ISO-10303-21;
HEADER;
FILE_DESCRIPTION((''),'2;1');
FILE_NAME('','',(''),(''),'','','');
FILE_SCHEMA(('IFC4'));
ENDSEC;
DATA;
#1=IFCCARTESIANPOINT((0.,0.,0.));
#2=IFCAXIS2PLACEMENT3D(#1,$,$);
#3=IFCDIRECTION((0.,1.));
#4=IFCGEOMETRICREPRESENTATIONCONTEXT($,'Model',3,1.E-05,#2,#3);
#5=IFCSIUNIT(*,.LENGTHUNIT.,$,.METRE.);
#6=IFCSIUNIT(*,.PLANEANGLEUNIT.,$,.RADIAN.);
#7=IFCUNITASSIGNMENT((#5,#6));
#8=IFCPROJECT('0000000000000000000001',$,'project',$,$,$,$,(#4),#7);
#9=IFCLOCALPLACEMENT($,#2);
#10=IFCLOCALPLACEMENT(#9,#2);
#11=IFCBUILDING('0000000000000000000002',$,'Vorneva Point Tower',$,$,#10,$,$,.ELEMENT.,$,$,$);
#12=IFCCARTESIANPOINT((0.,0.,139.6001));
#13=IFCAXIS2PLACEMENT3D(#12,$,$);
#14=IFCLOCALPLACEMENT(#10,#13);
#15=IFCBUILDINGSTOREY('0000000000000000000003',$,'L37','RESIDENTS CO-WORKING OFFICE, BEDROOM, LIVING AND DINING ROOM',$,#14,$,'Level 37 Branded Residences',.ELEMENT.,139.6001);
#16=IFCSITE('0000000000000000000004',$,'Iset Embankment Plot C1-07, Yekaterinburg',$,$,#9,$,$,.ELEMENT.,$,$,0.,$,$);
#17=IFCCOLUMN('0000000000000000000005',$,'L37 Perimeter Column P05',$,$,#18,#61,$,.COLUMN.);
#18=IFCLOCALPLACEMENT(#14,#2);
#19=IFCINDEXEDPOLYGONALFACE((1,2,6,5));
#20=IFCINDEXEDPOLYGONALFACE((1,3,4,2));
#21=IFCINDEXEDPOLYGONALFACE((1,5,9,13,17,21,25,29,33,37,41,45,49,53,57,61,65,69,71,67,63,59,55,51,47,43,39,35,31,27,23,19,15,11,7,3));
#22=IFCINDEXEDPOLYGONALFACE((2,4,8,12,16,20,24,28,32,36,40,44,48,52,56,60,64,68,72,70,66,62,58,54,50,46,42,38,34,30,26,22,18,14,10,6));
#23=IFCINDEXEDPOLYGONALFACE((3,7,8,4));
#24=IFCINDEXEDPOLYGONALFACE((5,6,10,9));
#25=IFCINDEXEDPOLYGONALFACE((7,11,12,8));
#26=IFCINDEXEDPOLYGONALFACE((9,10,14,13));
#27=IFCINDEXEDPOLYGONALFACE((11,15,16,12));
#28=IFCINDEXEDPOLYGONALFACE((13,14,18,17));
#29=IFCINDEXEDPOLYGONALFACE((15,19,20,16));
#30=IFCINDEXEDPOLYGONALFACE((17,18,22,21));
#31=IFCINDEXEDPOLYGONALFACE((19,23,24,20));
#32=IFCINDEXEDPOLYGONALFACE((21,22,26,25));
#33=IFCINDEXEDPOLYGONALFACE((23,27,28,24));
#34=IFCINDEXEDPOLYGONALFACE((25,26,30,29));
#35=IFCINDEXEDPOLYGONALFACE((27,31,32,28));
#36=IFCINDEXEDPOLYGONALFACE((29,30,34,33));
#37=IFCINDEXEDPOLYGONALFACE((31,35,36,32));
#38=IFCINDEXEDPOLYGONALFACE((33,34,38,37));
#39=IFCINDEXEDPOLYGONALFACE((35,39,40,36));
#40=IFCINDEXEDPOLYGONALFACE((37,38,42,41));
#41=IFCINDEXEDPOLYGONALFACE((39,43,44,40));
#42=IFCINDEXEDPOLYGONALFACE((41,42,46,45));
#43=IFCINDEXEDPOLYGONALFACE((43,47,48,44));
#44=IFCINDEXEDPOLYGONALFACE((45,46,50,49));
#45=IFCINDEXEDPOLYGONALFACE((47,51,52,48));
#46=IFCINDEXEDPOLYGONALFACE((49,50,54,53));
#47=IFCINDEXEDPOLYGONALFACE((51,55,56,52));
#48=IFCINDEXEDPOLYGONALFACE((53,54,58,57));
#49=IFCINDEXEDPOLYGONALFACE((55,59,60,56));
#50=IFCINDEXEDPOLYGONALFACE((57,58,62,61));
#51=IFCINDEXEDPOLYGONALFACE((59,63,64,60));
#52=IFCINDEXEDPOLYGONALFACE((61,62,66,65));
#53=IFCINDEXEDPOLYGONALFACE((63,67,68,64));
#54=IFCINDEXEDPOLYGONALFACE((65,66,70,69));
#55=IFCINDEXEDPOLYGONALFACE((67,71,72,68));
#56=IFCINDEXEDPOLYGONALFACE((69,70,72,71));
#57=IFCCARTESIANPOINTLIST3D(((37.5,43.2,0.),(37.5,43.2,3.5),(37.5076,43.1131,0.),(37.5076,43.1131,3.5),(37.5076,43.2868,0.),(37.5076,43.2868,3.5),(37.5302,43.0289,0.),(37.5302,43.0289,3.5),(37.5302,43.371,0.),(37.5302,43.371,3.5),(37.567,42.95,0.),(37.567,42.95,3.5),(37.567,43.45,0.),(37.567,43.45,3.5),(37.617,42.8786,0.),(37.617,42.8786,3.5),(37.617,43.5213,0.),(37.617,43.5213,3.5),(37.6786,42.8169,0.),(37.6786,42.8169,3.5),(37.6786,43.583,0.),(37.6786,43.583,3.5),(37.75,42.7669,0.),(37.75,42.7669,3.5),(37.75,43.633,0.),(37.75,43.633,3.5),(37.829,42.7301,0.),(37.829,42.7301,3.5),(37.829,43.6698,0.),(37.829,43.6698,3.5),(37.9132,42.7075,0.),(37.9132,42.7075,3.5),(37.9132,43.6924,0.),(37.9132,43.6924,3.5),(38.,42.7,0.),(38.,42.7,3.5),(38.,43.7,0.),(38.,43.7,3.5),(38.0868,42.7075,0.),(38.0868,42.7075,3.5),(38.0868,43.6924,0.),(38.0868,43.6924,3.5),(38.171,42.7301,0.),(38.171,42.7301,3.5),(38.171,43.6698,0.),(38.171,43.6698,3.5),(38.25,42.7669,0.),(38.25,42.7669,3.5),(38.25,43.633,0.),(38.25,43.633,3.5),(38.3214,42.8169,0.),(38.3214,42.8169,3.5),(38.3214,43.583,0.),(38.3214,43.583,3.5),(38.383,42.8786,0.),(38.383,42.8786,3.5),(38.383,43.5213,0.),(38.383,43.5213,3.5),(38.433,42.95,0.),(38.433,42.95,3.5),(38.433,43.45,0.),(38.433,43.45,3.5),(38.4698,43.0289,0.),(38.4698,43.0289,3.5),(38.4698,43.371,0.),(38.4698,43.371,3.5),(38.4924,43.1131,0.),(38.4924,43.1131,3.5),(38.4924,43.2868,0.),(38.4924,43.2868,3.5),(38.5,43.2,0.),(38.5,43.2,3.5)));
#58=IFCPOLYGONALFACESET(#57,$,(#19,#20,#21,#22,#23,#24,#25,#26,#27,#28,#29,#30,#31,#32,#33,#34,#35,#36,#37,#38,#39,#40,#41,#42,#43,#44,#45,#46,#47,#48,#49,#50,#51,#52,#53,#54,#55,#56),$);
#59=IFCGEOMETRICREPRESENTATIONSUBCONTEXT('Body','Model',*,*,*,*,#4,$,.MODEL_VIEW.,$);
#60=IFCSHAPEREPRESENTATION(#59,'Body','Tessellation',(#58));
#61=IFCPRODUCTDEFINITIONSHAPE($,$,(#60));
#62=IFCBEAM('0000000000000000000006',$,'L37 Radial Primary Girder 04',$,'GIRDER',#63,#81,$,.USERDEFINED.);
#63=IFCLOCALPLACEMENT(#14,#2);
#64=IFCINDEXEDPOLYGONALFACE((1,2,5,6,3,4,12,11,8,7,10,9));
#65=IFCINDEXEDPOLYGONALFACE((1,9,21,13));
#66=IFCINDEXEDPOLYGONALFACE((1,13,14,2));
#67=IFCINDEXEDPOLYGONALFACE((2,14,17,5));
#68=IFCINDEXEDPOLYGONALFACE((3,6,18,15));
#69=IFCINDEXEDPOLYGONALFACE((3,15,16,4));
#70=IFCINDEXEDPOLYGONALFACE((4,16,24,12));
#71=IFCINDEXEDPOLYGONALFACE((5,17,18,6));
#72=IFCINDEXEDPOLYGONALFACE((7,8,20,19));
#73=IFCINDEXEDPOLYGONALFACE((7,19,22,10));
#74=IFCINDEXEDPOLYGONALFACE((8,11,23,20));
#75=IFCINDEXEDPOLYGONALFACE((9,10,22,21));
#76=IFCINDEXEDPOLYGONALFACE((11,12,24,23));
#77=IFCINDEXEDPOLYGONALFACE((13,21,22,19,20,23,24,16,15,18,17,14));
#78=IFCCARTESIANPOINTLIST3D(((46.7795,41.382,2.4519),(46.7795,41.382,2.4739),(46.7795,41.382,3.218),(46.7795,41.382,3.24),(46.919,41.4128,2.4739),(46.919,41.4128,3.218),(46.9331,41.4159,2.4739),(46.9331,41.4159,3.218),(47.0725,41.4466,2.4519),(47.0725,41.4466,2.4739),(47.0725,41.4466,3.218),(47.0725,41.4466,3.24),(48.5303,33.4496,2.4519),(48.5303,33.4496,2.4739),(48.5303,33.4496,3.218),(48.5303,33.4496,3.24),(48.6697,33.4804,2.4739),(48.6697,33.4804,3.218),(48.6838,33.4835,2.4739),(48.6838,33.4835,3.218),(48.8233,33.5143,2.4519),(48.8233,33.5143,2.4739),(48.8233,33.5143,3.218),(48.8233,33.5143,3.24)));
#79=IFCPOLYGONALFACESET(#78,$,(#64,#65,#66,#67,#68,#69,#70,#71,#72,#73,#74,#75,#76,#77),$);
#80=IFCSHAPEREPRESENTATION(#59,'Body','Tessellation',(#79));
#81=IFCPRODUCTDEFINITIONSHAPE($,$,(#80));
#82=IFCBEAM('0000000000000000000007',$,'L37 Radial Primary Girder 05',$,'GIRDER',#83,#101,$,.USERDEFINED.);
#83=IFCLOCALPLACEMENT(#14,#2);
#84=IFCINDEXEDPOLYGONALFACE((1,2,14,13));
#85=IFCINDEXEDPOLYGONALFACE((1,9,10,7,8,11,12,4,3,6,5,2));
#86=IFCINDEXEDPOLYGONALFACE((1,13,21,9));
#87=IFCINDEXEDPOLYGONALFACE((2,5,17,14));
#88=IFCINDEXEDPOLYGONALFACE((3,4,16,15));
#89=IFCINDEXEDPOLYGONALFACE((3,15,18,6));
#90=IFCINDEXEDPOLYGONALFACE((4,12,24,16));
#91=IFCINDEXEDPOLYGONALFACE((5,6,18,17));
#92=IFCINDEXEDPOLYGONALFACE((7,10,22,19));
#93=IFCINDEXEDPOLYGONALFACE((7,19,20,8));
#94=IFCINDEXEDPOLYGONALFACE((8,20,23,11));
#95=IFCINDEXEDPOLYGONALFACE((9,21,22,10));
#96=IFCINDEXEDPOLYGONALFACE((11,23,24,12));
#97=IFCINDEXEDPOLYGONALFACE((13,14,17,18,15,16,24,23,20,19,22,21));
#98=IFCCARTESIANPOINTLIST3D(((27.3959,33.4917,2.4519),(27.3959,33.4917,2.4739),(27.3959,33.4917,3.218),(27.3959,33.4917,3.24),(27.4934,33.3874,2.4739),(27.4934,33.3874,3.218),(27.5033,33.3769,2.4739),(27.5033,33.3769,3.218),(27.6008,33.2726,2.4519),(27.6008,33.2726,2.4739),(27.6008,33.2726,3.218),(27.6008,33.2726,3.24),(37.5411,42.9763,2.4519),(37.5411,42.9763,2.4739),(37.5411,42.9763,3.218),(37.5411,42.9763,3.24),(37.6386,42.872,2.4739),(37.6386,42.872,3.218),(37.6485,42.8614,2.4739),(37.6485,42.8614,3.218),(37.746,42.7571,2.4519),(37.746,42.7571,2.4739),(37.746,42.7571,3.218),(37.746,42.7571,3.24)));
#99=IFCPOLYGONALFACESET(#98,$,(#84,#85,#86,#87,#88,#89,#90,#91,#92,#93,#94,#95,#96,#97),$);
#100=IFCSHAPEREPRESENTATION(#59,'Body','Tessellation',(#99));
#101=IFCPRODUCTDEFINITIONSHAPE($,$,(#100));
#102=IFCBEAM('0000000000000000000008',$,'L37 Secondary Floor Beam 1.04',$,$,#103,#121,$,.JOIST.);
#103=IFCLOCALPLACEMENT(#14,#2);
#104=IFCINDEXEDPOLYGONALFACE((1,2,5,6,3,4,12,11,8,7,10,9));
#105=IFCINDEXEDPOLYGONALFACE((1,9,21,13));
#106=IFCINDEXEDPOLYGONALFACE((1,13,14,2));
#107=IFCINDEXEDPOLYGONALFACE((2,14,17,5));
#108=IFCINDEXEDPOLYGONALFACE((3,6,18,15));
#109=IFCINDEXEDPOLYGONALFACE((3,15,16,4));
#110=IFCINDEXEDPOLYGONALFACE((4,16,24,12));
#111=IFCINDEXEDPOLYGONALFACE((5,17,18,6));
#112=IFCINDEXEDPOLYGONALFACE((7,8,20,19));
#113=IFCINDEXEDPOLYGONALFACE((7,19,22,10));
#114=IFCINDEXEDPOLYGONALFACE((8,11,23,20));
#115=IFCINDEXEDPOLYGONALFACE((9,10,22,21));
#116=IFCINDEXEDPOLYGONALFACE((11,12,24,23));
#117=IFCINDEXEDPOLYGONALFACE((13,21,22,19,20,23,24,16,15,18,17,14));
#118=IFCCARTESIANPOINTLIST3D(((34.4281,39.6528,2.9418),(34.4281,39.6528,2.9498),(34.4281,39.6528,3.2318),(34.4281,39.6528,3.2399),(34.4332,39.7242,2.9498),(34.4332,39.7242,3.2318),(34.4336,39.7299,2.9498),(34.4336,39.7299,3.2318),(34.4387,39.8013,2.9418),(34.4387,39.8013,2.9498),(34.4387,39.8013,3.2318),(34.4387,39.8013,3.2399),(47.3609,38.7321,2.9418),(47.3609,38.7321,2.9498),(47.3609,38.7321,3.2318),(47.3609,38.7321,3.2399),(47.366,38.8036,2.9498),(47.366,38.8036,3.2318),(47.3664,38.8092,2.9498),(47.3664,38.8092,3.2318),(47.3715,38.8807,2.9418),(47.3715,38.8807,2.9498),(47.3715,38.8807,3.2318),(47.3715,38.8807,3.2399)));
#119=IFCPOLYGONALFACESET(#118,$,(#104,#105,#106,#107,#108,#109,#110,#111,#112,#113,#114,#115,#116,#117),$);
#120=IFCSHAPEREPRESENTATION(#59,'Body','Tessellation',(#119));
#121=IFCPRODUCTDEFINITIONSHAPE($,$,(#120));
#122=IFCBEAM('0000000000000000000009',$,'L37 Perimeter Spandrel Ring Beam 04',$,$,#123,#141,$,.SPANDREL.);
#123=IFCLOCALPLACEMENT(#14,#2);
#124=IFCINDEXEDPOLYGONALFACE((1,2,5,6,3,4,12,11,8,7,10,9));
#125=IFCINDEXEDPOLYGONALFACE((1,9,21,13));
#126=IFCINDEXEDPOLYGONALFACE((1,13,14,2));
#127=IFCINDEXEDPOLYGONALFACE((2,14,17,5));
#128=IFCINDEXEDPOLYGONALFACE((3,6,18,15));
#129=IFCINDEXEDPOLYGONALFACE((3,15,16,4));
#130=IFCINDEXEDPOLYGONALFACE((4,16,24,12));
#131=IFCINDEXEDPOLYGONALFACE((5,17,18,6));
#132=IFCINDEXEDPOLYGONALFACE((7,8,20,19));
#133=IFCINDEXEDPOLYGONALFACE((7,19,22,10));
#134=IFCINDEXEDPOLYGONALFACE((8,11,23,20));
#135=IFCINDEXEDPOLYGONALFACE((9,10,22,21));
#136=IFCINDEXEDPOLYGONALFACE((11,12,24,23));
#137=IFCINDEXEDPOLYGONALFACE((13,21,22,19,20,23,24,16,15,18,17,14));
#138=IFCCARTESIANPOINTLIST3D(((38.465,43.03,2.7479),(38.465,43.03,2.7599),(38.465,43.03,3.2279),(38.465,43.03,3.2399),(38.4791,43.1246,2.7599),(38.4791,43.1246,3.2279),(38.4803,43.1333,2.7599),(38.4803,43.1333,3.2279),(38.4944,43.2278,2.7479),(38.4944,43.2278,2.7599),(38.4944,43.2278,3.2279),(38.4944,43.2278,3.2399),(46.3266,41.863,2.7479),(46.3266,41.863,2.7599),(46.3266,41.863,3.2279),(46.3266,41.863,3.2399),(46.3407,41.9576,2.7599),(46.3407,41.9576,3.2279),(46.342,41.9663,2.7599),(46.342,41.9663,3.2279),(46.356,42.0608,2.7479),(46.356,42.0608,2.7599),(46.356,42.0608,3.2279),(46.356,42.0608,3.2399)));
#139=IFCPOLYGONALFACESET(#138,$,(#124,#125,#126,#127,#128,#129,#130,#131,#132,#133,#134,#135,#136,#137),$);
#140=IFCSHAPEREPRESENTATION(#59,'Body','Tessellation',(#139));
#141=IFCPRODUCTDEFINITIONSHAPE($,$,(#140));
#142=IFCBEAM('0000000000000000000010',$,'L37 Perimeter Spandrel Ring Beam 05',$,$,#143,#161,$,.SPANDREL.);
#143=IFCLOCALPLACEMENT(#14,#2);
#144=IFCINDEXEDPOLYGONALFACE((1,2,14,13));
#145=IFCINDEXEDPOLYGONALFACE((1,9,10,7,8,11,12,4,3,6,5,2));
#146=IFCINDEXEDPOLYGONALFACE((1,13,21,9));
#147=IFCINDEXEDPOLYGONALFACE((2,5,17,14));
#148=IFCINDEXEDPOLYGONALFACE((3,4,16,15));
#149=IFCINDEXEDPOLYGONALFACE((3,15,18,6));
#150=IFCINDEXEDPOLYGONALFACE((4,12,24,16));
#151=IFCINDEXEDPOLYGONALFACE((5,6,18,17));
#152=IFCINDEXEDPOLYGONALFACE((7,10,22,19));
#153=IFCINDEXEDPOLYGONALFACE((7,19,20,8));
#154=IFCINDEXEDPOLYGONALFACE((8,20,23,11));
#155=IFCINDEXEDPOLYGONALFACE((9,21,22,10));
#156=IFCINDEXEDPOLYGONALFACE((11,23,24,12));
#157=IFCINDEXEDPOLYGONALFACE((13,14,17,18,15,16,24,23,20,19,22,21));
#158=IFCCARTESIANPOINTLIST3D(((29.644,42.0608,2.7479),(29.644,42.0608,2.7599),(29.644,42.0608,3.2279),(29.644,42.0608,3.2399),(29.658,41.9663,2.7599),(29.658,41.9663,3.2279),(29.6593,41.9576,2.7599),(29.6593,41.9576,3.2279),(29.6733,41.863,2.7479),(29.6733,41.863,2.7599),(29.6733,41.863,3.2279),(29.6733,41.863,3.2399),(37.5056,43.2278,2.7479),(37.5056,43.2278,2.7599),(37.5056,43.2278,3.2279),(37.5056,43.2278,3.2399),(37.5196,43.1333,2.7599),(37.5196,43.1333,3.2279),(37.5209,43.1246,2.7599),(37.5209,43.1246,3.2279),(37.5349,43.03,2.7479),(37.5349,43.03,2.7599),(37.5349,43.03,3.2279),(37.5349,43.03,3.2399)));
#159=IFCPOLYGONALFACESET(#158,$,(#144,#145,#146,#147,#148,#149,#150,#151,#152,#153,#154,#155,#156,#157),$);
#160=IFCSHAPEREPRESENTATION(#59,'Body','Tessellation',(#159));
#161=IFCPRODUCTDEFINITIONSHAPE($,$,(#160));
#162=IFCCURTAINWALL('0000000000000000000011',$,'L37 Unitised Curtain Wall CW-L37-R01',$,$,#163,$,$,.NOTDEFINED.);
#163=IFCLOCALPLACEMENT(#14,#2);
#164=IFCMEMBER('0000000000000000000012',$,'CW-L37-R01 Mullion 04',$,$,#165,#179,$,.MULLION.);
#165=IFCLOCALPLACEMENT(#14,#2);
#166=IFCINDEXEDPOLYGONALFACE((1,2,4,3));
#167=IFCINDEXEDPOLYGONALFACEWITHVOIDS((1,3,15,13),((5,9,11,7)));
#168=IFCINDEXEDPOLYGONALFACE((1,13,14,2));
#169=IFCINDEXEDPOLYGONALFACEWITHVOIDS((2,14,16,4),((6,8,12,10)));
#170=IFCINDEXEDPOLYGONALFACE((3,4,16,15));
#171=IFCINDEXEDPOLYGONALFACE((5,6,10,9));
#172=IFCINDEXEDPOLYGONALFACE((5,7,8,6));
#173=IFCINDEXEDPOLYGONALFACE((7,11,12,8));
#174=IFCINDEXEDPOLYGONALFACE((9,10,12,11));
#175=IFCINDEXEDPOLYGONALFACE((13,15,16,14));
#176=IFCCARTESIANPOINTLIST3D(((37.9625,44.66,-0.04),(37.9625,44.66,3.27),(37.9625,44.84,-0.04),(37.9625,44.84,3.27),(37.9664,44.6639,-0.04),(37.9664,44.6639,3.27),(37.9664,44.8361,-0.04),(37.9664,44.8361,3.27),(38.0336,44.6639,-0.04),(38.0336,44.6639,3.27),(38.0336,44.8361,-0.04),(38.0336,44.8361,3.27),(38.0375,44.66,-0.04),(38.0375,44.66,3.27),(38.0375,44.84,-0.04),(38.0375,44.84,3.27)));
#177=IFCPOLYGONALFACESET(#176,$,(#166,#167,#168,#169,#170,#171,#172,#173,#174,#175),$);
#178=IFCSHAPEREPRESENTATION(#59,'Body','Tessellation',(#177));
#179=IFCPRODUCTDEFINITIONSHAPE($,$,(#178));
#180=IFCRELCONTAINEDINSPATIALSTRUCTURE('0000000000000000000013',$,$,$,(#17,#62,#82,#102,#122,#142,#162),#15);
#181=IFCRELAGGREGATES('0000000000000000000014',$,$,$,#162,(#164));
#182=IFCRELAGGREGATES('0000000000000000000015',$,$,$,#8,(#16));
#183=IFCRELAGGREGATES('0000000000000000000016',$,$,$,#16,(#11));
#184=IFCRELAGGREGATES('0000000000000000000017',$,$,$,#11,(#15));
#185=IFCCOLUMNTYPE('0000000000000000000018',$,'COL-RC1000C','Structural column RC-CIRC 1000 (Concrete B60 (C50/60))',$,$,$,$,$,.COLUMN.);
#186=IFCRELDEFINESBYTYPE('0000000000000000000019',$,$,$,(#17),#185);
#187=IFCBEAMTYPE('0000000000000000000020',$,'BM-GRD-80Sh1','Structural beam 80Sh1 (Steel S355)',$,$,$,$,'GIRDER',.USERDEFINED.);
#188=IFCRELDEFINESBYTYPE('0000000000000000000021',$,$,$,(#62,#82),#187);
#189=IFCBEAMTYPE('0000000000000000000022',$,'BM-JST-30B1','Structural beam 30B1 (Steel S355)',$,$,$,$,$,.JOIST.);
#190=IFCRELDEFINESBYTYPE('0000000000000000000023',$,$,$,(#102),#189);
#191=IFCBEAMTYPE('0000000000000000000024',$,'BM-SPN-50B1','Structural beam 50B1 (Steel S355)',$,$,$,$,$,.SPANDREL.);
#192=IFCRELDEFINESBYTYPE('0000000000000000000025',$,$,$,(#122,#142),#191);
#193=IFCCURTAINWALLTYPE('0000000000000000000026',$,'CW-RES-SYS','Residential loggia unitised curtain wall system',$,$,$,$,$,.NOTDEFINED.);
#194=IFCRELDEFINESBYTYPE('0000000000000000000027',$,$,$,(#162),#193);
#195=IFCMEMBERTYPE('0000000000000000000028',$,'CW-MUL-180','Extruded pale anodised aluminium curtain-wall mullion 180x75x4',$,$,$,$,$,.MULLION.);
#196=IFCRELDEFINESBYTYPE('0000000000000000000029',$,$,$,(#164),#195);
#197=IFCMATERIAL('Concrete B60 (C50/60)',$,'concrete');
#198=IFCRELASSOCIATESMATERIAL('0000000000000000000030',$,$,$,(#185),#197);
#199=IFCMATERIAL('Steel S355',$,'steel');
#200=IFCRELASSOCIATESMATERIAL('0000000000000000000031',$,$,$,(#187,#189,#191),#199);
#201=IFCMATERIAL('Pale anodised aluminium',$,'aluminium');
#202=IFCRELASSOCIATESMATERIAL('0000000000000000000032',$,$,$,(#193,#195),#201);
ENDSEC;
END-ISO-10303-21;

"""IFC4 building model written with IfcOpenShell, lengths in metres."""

from ifc_helpers import new_model, si_unit, direction, frame, origin, origin_2d, place, context, subcontext, project, spatial, hollow_rectangle, circle, i_section, extrude, material, material_profile, profile_set, type_object, element, aggregate, save


model = new_model("IFC4")

# Units and contexts
model_context = context("Model", 3, precision=1e-05, world=origin(), true_north=direction((0.0, 1.0)))
body_context = subcontext(model_context, "Body", "Model", "MODEL_VIEW")
ifc_project = project(units=[si_unit("LENGTHUNIT", "METRE"), si_unit("PLANEANGLEUNIT", "RADIAN")], contexts=[model_context])

# Site, building, storey
site_placement = place(None, origin())
site = spatial("IfcSite", under=ifc_project, at=site_placement, Name="Iset Embankment Plot C1-07, Yekaterinburg", CompositionType="ELEMENT", RefElevation=0.0)
building_placement = place(site_placement, origin())
building = spatial("IfcBuilding", under=site, at=building_placement, Name="Vorneva Point Tower", CompositionType="ELEMENT")
storey_placement = place(building_placement, frame((0.0, 0.0, 139.6001)))
storey = spatial("IfcBuildingStorey", under=building, at=storey_placement, Name="L37", Description="RESIDENTS CO-WORKING OFFICE, BEDROOM, LIVING AND DINING ROOM", LongName="Level 37 Branded Residences", CompositionType="ELEMENT", Elevation=139.6001)

# Column
ifc_material_1 = material(Name="Concrete B60 (C50/60)", Category="concrete")
ifc_material_profile_1 = material_profile(ifc_material_1, circle(Radius=0.5, at=origin_2d()), Name="RC-CIRC 1000")
ifc_profile_set_1 = profile_set([ifc_material_profile_1], Name="Concrete B60 (C50/60)")
column_type = type_object("IfcColumnType", Name="COL-RC1000C", Description="Structural column RC-CIRC 1000 (Concrete B60 (C50/60))", PredefinedType="COLUMN", material=ifc_profile_set_1)
for number, where, z_axis, x_axis, name in (
    (1, (38.0, 43.2, 0.0), (0.0, 0.0, 1.0), (0.0, 1.0, 0.0), "L37 Perimeter Column P05"),
):
    element("IfcColumn", number, at=place(storey_placement, frame(where, z_axis=z_axis, x_axis=x_axis)), inside=storey, type_object=column_type, Name=name, PredefinedType="COLUMN", context=body_context, shape_type="SweptSolid", body=[
        extrude(circle(Radius=0.5, at=origin_2d()), origin(), (0.0, 0.0, 1.0), 3.5),
    ])

# Beams
ifc_material_2 = material(Name="Steel S355", Category="steel")
ifc_material_profile_2 = material_profile(ifc_material_2, i_section(OverallWidth=0.3, OverallDepth=0.7881, WebThickness=0.0144, FlangeThickness=0.022, at=origin_2d()), Name="80Sh1")
ifc_profile_set_2 = profile_set([ifc_material_profile_2], Name="Steel S355")
beam_type_1 = type_object("IfcBeamType", Name="BM-GRD-80Sh1", Description="Structural beam 80Sh1 (Steel S355)", ElementType="GIRDER", PredefinedType="USERDEFINED", material=ifc_profile_set_2)
beam_1_placement = place(storey_placement, frame((46.926, 41.4143, 2.8459), z_axis=(0.215521, -0.976499, 0.0), x_axis=(0.976499, 0.215521, 0.0)))
element("IfcBeam", 2, at=beam_1_placement, inside=storey, type_object=beam_type_1, Name="L37 Radial Primary Girder 04", ObjectType="GIRDER", PredefinedType="USERDEFINED", context=body_context, shape_type="SweptSolid", body=[
    extrude(i_section(OverallWidth=0.3, OverallDepth=0.7881, WebThickness=0.0144, FlangeThickness=0.022, at=origin_2d()), origin(), (0.0, 0.0, 1.0), 8.1233),
])
beam_2_placement = place(storey_placement, frame((37.6436, 42.8667, 2.8459), z_axis=(-0.730491, -0.682922, 0.0), x_axis=(0.682922, -0.730491, 0.0)))
element("IfcBeam", 3, at=beam_2_placement, inside=storey, type_object=beam_type_1, Name="L37 Radial Primary Girder 05", ObjectType="GIRDER", PredefinedType="USERDEFINED", context=body_context, shape_type="SweptSolid", body=[
    extrude(i_section(OverallWidth=0.3, OverallDepth=0.7881, WebThickness=0.0144, FlangeThickness=0.022, at=origin_2d()), origin(), (0.0, 0.0, 1.0), 13.8882),
])
ifc_material_profile_3 = material_profile(ifc_material_2, i_section(OverallWidth=0.1489, OverallDepth=0.2981, WebThickness=0.0056, FlangeThickness=0.0081, at=origin_2d()), Name="30B1")
ifc_profile_set_3 = profile_set([ifc_material_profile_3], Name="Steel S355")
beam_type_2 = type_object("IfcBeamType", Name="BM-JST-30B1", Description="Structural beam 30B1 (Steel S355)", PredefinedType="JOIST", material=ifc_profile_set_3)
beam_3_placement = place(storey_placement, frame((47.3662, 38.8064, 3.0908), z_axis=(-0.997476, 0.071008, 0.0), x_axis=(-0.071008, -0.997476, 0.0)))
element("IfcBeam", 4, at=beam_3_placement, inside=storey, type_object=beam_type_2, Name="L37 Secondary Floor Beam 1.04", PredefinedType="JOIST", context=body_context, shape_type="SweptSolid", body=[
    extrude(i_section(OverallWidth=0.1489, OverallDepth=0.2981, WebThickness=0.0056, FlangeThickness=0.0081, at=origin_2d()), origin(), (0.0, 0.0, 1.0), 12.9656),
])
ifc_material_profile_4 = material_profile(ifc_material_2, i_section(OverallWidth=0.2, OverallDepth=0.4919, WebThickness=0.0088, FlangeThickness=0.012, at=origin_2d()), Name="50B1")
ifc_profile_set_4 = profile_set([ifc_material_profile_4], Name="Steel S355")
beam_type_3 = type_object("IfcBeamType", Name="BM-SPN-50B1", Description="Structural beam 50B1 (Steel S355)", PredefinedType="SPANDREL", material=ifc_profile_set_4)
for number, where, z_axis, x_axis, name in (
    (5, (46.3413, 41.9619, 2.9939), (-0.989161, 0.146834, 0.0), (-0.146834, -0.989161, 0.0), "L37 Perimeter Spandrel Ring Beam 04"),
    (6, (37.5203, 43.1289, 2.9939), (-0.989161, -0.146834, 0.0), (0.146834, -0.989161, 0.0), "L37 Perimeter Spandrel Ring Beam 05"),
):
    element("IfcBeam", number, at=place(storey_placement, frame(where, z_axis=z_axis, x_axis=x_axis)), inside=storey, type_object=beam_type_3, Name=name, PredefinedType="SPANDREL", context=body_context, shape_type="SweptSolid", body=[
        extrude(i_section(OverallWidth=0.2, OverallDepth=0.4919, WebThickness=0.0088, FlangeThickness=0.012, at=origin_2d()), origin(), (0.0, 0.0, 1.0), 7.9478),
    ])

# Curtain wall, member
ifc_material_3 = material(Name="Pale anodised aluminium", Category="aluminium")
curtain_wall_type = type_object("IfcCurtainWallType", Name="CW-RES-SYS", Description="Residential loggia unitised curtain wall system", PredefinedType="NOTDEFINED", material=ifc_material_3)
curtain_wall_placement = place(storey_placement, origin())
curtain_wall = element("IfcCurtainWall", 7, at=curtain_wall_placement, inside=storey, type_object=curtain_wall_type, Name="L37 Unitised Curtain Wall CW-L37-R01", PredefinedType="NOTDEFINED")
ifc_material_profile_5 = material_profile(ifc_material_3, hollow_rectangle(XDim=0.075, YDim=0.1799, WallThickness=0.0039, at=origin_2d()), Name="AL-MUL 180x75x4")
ifc_profile_set_5 = profile_set([ifc_material_profile_5], Name="Pale anodised aluminium")
member_type_1 = type_object("IfcMemberType", Name="CW-MUL-180", Description="Extruded pale anodised aluminium curtain-wall mullion 180x75x4", PredefinedType="MULLION", material=ifc_profile_set_5)
member_1_placement = place(storey_placement, frame((38.0, 44.75, -0.04), z_axis=(0.0, 0.0, 1.0), x_axis=(1.0, 0.0, 0.0)))
member_1 = element("IfcMember", 8, at=member_1_placement, type_object=member_type_1, Name="CW-L37-R01 Mullion 04", PredefinedType="MULLION", context=body_context, shape_type="SweptSolid", body=[
    extrude(hollow_rectangle(XDim=0.075, YDim=0.1799, WallThickness=0.0039, at=origin_2d()), origin(), (0.0, 0.0, 1.0), 3.3101),
])
aggregate(curtain_wall, [member_1])

save(model, "model.ifc")
